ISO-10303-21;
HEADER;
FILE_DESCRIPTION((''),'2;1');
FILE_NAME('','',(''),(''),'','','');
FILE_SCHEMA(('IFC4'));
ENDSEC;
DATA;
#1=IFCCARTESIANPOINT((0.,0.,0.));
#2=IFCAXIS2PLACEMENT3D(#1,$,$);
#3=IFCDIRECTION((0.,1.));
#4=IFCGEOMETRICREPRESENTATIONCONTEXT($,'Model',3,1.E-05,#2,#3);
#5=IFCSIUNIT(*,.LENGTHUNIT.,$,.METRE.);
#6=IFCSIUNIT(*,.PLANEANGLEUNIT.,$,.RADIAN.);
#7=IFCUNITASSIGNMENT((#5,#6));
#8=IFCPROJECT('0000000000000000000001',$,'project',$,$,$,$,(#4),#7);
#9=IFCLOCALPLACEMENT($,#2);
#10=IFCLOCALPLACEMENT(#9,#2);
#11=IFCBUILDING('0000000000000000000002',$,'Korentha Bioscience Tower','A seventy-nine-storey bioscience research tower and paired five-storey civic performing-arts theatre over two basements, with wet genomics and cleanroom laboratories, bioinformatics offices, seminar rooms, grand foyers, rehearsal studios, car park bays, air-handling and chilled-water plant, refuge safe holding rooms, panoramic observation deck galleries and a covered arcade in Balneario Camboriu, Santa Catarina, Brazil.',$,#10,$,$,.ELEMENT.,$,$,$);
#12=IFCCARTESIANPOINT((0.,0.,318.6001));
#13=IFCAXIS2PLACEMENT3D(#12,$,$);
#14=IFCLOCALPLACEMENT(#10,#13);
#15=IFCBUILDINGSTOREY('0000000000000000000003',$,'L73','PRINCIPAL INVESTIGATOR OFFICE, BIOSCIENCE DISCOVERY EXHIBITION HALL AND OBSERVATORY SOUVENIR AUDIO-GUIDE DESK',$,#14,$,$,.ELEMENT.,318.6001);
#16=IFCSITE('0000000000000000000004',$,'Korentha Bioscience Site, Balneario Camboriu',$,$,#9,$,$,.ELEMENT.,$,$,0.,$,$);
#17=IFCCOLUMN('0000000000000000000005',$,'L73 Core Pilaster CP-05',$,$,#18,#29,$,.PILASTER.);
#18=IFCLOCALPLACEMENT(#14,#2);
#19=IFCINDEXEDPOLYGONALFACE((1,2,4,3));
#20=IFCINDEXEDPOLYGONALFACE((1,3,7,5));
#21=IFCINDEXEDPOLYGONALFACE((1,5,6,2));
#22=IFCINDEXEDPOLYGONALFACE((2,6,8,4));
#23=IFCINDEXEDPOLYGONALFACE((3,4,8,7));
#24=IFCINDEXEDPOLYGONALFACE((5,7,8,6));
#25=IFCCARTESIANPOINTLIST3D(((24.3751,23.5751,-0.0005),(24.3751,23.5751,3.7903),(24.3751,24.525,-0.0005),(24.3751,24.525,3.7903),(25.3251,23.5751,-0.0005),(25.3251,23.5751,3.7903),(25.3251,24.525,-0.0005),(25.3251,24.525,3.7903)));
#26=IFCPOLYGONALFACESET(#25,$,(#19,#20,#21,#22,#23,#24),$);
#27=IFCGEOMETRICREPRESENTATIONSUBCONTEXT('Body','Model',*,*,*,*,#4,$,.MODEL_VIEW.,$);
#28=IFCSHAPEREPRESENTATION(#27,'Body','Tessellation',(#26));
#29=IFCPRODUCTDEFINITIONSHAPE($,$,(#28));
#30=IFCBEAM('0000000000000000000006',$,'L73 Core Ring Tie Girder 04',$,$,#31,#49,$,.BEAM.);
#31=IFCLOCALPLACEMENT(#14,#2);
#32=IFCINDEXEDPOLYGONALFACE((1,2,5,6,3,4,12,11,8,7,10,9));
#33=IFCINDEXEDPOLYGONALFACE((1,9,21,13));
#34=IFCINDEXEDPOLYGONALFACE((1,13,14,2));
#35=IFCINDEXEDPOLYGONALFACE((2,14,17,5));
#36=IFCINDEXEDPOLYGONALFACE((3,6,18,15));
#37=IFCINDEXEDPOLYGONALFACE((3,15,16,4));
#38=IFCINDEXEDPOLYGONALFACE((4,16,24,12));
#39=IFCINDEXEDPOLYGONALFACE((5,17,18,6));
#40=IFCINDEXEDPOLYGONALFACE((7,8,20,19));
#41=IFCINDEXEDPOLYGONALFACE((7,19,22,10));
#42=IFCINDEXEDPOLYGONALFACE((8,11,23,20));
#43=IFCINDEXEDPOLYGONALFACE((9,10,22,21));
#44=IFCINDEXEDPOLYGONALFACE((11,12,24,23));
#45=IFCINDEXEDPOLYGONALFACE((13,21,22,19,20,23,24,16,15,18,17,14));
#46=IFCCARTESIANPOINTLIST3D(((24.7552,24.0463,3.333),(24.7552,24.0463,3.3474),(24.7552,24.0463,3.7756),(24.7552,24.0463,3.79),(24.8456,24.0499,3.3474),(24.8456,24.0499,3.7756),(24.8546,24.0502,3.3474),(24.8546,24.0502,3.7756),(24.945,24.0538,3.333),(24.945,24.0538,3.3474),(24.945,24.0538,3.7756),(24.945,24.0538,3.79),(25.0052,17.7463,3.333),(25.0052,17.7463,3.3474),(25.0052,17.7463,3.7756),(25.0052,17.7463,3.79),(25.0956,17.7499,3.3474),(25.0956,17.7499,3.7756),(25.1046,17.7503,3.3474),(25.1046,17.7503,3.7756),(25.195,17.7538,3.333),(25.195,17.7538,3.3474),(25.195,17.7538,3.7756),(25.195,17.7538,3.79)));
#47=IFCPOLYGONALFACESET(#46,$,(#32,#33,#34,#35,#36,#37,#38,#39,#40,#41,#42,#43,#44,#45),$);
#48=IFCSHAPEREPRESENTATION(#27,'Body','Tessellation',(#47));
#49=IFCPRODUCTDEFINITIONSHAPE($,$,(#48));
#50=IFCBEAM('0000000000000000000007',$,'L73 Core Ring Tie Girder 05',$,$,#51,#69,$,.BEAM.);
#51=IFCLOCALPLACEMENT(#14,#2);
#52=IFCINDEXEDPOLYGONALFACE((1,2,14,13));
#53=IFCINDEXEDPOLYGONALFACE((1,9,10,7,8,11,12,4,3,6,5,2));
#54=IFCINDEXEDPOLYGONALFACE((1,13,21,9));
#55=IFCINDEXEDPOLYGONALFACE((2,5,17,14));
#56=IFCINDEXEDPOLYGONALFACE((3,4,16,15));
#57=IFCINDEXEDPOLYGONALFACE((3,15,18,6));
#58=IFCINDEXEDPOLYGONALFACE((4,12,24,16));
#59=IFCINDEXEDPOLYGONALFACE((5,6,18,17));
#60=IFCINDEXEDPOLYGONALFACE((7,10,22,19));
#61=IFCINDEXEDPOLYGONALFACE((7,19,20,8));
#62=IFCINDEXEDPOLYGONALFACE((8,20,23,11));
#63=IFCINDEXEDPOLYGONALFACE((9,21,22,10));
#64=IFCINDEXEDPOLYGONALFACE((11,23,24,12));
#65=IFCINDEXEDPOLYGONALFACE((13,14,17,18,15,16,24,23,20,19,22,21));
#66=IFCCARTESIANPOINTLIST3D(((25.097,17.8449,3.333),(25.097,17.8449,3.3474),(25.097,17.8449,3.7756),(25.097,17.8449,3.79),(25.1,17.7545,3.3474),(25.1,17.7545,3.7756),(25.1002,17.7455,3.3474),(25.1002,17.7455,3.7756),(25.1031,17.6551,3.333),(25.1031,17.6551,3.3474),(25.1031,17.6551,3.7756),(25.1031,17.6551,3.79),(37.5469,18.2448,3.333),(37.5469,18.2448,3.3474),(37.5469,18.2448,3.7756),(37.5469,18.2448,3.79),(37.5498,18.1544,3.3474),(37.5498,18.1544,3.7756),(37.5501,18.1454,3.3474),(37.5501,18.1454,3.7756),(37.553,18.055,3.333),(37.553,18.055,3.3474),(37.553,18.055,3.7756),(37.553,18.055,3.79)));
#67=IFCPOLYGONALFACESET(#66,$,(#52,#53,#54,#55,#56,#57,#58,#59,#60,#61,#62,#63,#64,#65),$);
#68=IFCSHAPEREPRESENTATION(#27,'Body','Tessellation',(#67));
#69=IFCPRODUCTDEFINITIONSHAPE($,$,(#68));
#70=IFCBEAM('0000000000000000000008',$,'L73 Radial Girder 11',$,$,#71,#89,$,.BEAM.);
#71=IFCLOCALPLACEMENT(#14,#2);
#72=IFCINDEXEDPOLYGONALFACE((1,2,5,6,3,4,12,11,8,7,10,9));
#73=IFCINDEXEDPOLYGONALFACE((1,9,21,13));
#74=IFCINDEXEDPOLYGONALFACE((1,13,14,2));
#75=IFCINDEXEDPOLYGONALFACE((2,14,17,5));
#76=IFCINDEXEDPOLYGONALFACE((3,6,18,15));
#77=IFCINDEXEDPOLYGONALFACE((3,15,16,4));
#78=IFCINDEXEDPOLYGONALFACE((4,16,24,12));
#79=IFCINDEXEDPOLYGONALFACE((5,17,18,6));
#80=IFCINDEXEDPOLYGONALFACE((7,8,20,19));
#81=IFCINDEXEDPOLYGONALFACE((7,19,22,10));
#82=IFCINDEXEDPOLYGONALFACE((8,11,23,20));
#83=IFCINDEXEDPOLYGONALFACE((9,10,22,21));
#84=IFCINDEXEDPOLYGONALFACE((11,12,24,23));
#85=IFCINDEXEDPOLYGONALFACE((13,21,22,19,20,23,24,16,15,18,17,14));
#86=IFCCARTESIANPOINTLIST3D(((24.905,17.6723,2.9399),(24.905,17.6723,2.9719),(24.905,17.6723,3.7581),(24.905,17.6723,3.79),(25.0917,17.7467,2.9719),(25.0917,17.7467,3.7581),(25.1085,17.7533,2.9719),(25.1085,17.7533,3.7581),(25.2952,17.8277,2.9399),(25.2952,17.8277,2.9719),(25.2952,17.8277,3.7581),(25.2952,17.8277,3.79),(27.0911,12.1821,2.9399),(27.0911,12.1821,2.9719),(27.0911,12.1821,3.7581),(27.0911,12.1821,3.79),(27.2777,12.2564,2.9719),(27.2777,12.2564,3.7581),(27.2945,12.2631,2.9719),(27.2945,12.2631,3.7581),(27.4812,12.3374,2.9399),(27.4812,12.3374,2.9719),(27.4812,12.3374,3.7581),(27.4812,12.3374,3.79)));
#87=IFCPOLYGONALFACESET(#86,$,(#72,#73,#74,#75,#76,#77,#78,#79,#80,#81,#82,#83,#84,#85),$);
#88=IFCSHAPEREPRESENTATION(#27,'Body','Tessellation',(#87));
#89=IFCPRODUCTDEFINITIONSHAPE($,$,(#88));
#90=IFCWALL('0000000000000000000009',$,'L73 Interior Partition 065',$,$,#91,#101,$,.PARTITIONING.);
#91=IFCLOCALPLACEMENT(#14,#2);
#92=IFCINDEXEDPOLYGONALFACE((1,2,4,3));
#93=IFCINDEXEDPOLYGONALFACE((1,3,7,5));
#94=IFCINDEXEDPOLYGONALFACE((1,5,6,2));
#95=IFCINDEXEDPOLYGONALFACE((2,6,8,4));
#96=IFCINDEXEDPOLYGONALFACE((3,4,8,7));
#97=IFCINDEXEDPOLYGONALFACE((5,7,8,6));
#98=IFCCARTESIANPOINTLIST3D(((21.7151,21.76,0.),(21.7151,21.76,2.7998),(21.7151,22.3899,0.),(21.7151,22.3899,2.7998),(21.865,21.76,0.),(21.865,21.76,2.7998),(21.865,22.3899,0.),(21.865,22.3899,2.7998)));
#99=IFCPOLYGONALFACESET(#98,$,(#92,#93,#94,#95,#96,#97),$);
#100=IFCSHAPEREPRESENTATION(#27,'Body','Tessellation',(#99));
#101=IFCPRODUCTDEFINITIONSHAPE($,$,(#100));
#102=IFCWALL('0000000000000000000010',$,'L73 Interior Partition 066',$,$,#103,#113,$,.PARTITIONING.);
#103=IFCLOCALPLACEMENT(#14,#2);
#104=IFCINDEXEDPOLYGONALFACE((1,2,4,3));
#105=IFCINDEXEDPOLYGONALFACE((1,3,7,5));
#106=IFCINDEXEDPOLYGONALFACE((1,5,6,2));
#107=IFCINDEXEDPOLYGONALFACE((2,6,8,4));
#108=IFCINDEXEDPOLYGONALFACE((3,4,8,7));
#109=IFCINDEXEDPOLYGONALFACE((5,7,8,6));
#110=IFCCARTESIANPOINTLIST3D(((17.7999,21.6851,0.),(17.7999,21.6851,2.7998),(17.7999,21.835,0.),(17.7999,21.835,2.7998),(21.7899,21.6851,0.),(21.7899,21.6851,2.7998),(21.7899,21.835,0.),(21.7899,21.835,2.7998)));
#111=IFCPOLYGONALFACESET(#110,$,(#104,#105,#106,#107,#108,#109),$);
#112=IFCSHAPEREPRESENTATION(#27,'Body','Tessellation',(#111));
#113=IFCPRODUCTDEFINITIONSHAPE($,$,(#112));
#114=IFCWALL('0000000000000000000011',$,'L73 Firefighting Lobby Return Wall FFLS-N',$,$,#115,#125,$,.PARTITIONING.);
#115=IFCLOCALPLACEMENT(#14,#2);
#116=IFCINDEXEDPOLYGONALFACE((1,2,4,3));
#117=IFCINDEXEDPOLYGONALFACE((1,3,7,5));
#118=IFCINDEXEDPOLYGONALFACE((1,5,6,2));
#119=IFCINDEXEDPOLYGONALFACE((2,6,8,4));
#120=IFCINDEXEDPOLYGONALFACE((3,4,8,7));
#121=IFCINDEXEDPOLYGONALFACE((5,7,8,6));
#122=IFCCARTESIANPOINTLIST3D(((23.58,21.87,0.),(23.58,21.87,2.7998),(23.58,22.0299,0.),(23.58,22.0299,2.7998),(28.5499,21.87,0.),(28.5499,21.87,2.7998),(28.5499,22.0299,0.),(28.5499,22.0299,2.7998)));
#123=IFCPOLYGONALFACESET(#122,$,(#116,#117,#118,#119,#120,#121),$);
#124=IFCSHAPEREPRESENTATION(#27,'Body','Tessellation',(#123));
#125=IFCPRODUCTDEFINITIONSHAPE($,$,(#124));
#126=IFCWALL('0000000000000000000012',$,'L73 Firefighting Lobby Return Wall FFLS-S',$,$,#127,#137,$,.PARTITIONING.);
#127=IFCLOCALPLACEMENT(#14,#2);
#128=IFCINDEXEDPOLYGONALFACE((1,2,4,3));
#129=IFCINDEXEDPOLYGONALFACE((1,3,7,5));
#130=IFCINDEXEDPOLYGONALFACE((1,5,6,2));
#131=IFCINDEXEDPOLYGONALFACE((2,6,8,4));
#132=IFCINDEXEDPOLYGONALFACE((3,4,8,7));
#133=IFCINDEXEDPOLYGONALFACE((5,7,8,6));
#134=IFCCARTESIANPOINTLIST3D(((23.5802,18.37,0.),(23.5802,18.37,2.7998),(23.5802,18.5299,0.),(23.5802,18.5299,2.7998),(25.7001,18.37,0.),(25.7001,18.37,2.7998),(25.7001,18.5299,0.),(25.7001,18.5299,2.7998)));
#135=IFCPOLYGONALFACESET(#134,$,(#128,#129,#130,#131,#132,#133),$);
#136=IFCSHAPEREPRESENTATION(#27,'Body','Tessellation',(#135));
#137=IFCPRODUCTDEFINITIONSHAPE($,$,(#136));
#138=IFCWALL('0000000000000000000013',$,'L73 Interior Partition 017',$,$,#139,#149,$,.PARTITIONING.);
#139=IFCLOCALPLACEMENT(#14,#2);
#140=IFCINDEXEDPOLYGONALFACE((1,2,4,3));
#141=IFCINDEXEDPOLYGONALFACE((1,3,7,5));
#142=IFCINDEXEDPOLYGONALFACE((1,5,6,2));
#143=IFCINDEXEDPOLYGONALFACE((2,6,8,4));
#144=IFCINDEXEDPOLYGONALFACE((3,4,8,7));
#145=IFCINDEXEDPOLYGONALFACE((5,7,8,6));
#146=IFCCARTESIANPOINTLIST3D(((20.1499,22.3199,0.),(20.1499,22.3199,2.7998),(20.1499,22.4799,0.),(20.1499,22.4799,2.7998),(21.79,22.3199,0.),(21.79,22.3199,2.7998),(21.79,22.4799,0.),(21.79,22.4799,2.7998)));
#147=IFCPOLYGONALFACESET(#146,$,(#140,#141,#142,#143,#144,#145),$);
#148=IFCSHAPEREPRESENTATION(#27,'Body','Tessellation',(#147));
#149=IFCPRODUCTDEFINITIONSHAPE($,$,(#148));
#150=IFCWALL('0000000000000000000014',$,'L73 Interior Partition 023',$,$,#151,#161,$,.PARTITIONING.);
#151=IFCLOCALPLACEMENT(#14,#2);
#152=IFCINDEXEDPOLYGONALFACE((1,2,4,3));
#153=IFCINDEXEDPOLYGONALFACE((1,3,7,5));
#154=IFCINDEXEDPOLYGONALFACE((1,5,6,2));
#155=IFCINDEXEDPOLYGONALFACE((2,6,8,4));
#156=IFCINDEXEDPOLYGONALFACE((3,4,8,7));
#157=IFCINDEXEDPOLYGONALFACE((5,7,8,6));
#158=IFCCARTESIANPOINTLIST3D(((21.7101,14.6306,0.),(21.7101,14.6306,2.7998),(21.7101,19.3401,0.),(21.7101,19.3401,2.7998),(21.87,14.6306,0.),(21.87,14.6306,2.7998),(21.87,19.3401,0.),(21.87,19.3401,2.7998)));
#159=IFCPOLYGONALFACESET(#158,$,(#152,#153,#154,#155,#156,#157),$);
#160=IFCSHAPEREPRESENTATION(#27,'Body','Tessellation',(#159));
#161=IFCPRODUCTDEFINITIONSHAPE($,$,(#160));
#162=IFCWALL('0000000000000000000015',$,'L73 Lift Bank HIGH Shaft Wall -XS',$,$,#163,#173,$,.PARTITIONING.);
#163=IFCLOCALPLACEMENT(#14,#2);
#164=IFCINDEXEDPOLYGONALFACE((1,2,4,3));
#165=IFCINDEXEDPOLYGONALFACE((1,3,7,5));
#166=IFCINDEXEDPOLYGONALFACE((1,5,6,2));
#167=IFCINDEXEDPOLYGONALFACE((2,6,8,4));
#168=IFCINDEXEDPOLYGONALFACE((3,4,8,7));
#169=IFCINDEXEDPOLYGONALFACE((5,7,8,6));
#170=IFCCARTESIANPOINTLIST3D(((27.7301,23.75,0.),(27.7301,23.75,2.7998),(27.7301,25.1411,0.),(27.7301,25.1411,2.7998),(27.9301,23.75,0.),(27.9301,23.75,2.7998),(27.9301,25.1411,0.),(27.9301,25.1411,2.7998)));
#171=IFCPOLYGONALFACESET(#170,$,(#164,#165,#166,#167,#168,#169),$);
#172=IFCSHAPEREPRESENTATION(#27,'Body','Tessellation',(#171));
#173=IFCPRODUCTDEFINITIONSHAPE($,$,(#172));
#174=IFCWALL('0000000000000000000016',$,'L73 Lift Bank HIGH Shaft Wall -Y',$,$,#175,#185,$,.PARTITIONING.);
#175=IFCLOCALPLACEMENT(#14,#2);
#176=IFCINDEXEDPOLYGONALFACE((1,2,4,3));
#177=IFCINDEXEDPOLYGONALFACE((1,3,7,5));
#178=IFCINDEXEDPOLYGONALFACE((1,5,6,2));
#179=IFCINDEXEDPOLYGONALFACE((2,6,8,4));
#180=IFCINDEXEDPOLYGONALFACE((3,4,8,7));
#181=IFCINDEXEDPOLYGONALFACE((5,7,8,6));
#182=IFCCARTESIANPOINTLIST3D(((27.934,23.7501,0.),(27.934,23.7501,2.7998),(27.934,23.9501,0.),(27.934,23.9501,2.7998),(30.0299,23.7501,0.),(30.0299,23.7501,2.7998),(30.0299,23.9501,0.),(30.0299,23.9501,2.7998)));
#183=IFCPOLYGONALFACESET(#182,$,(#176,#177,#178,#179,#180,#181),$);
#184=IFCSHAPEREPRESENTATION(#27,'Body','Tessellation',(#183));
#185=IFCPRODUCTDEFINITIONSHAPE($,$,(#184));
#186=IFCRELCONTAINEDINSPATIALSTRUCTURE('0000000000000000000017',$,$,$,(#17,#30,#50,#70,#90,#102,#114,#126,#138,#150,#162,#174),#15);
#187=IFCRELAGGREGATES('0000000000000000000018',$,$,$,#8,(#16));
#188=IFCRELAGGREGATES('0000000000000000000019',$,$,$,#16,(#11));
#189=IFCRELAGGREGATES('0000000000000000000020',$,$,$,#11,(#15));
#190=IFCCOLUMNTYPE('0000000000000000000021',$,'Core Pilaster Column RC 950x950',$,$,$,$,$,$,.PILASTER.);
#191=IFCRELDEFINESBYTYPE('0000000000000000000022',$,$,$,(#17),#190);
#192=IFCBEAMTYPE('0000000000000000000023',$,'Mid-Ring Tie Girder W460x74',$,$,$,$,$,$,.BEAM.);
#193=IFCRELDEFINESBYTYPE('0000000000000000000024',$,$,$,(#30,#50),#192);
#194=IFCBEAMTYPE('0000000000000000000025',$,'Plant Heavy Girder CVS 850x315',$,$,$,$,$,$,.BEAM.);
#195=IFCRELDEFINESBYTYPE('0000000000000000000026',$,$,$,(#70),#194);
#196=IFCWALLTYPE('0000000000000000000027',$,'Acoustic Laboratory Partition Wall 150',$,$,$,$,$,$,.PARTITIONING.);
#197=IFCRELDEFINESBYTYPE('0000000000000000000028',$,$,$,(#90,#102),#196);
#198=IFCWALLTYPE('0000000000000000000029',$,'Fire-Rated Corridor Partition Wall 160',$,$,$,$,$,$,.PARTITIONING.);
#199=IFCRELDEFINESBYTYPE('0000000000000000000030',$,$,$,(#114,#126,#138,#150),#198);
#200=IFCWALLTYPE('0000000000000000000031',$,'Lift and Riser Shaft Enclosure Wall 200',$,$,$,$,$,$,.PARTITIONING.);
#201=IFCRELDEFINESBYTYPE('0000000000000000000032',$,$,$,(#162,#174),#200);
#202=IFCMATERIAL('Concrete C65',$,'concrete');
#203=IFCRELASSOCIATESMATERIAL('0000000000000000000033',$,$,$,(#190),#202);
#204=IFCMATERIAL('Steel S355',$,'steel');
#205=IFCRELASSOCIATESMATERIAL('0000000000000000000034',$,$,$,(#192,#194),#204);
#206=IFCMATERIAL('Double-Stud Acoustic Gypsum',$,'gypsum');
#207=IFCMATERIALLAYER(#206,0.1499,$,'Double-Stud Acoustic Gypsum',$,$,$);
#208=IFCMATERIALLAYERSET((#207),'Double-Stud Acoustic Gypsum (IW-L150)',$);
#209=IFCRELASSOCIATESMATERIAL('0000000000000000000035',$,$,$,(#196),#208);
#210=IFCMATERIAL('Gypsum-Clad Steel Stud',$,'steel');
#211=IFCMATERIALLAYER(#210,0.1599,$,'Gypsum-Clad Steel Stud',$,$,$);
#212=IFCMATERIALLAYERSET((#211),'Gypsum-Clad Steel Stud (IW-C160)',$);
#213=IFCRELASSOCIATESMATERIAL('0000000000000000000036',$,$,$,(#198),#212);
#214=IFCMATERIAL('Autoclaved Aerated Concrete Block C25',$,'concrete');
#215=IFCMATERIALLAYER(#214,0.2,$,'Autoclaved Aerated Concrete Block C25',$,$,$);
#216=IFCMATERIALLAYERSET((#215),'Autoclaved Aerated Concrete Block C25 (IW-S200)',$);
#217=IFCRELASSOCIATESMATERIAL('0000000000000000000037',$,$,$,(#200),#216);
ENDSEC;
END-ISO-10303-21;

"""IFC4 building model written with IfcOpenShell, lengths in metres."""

from ifc_helpers import new_model, si_unit, direction, frame, frame_2d, origin, origin_2d, place, context, subcontext, project, spatial, rectangle, i_section, extrude, material, layer, layer_set, material_profile, profile_set, type_object, element, save


model = new_model("IFC4")

# Units and contexts
model_context = context("Model", 3, precision=1e-05, world=origin(), true_north=direction((0.0, 1.0)))
body_context = subcontext(model_context, "Body", "Model", "MODEL_VIEW")
ifc_project = project(units=[si_unit("LENGTHUNIT", "METRE"), si_unit("PLANEANGLEUNIT", "RADIAN")], contexts=[model_context])

# Site, building, storey
site_placement = place(None, origin())
site = spatial("IfcSite", under=ifc_project, at=site_placement, Name="Korentha Bioscience Site, Balneario Camboriu", CompositionType="ELEMENT", RefElevation=0.0)
building_placement = place(site_placement, origin())
building = spatial("IfcBuilding", under=site, at=building_placement, Name="Korentha Bioscience Tower", Description="A seventy-nine-storey bioscience research tower and paired five-storey civic performing-arts theatre over two basements, with wet genomics and cleanroom laboratories, bioinformatics offices, seminar rooms, grand foyers, rehearsal studios, car park bays, air-handling and chilled-water plant, refuge safe holding rooms, panoramic observation deck galleries and a covered arcade in Balneario Camboriu, Santa Catarina, Brazil.", CompositionType="ELEMENT")
storey_placement = place(building_placement, frame((0.0, 0.0, 318.6001)))
storey = spatial("IfcBuildingStorey", under=building, at=storey_placement, Name="L73", Description="PRINCIPAL INVESTIGATOR OFFICE, BIOSCIENCE DISCOVERY EXHIBITION HALL AND OBSERVATORY SOUVENIR AUDIO-GUIDE DESK", CompositionType="ELEMENT", Elevation=318.6001)

# Column
ifc_material_1 = material(Name="Concrete C65", Category="concrete")
ifc_material_profile_1 = material_profile(ifc_material_1, rectangle(XDim=0.95, YDim=0.95, at=origin_2d()), Name="Concrete C65")
ifc_profile_set_1 = profile_set([ifc_material_profile_1], Name="Concrete C65 (COL-CP09)")
column_type = type_object("IfcColumnType", Name="Core Pilaster Column RC 950x950", PredefinedType="PILASTER", material=ifc_profile_set_1)
column_placement = place(storey_placement, frame((24.8501, 24.05, -0.0005), z_axis=(0.0, 0.0, 1.0), x_axis=(1.0, 0.0, 0.0)))
element("IfcColumn", 1, at=column_placement, inside=storey, type_object=column_type, Name="L73 Core Pilaster CP-05", PredefinedType="PILASTER", context=body_context, shape_type="SweptSolid", body=[
    extrude(rectangle(XDim=0.95, YDim=0.95, at=origin_2d()), origin(), (0.0, 0.0, 1.0), 3.7908),
])

# Beams
ifc_material_2 = material(Name="Steel S355", Category="steel")
ifc_material_profile_2 = material_profile(ifc_material_2, i_section(OverallWidth=0.1899, OverallDepth=0.457, WebThickness=0.009, FlangeThickness=0.0144, at=origin_2d()), Name="Steel S355")
ifc_profile_set_2 = profile_set([ifc_material_profile_2], Name="Steel S355 (MB-460)")
beam_type_1 = type_object("IfcBeamType", Name="Mid-Ring Tie Girder W460x74", PredefinedType="BEAM", material=ifc_profile_set_2)
beam_1_placement = place(storey_placement, frame((24.8501, 24.05, 3.5615), z_axis=(0.039651, -0.999214, 0.0), x_axis=(0.999214, 0.039651, 0.0)))
element("IfcBeam", 2, at=beam_1_placement, inside=storey, type_object=beam_type_1, Name="L73 Core Ring Tie Girder 04", PredefinedType="BEAM", context=body_context, shape_type="SweptSolid", body=[
    extrude(i_section(OverallWidth=0.1899, OverallDepth=0.457, WebThickness=0.009, FlangeThickness=0.0144, at=origin_2d()), origin(), (0.0, 0.0, 1.0), 6.3049),
])
beam_2_placement = place(storey_placement, frame((25.1001, 17.75, 3.5615), z_axis=(0.999485, 0.032104, 0.0), x_axis=(-0.032104, 0.999485, 0.0)))
element("IfcBeam", 3, at=beam_2_placement, inside=storey, type_object=beam_type_1, Name="L73 Core Ring Tie Girder 05", PredefinedType="BEAM", context=body_context, shape_type="SweptSolid", body=[
    extrude(i_section(OverallWidth=0.1899, OverallDepth=0.457, WebThickness=0.009, FlangeThickness=0.0144, at=origin_2d()), origin(), (0.0, 0.0, 1.0), 12.4563),
])
ifc_material_profile_3 = material_profile(ifc_material_2, i_section(OverallWidth=0.4199, OverallDepth=0.8501, WebThickness=0.0181, FlangeThickness=0.032, at=origin_2d()), Name="Steel S355")
ifc_profile_set_3 = profile_set([ifc_material_profile_3], Name="Steel S355 (MB-850)")
beam_type_2 = type_object("IfcBeamType", Name="Plant Heavy Girder CVS 850x315", PredefinedType="BEAM", material=ifc_profile_set_3)
beam_3_placement = place(storey_placement, frame((25.1001, 17.75, 3.365), z_axis=(0.369923, -0.929062, 0.0), x_axis=(0.929062, 0.369923, 0.0)))
element("IfcBeam", 4, at=beam_3_placement, inside=storey, type_object=beam_type_2, Name="L73 Radial Girder 11", PredefinedType="BEAM", context=body_context, shape_type="SweptSolid", body=[
    extrude(i_section(OverallWidth=0.4199, OverallDepth=0.8501, WebThickness=0.0181, FlangeThickness=0.032, at=origin_2d()), origin(), (0.0, 0.0, 1.0), 5.9094),
])

# Walls
ifc_material_3 = material(Name="Double-Stud Acoustic Gypsum", Category="gypsum")
ifc_layer_1 = layer(ifc_material_3, 0.1499, Name="Double-Stud Acoustic Gypsum")
ifc_layer_set_1 = layer_set([ifc_layer_1], Name="Double-Stud Acoustic Gypsum (IW-L150)")
wall_type_1 = type_object("IfcWallType", Name="Acoustic Laboratory Partition Wall 150", PredefinedType="PARTITIONING", material=ifc_layer_set_1)
wall_1_placement = place(storey_placement, frame((21.79, 22.3899, 0.0), z_axis=(0.0, 0.0, 1.0), x_axis=(0.0, -1.0, 0.0)))
element("IfcWall", 5, at=wall_1_placement, inside=storey, type_object=wall_type_1, Name="L73 Interior Partition 065", PredefinedType="PARTITIONING", context=body_context, shape_type="SweptSolid", body=[
    extrude(rectangle(XDim=0.6299, YDim=0.1499, at=frame_2d((0.3149, 0.0))), origin(), (0.0, 0.0, 1.0), 2.7998),
])
wall_2_placement = place(storey_placement, frame((21.79, 21.76, 0.0), z_axis=(0.0, 0.0, 1.0), x_axis=(-1.0, 0.0, 0.0)))
element("IfcWall", 6, at=wall_2_placement, inside=storey, type_object=wall_type_1, Name="L73 Interior Partition 066", PredefinedType="PARTITIONING", context=body_context, shape_type="SweptSolid", body=[
    extrude(rectangle(XDim=3.99, YDim=0.1499, at=frame_2d((1.9951, 0.0))), origin(), (0.0, 0.0, 1.0), 2.7998),
])

# Shared definitions
ifc_material_4 = material(Name="Gypsum-Clad Steel Stud", Category="steel")
ifc_layer_2 = layer(ifc_material_4, 0.1599, Name="Gypsum-Clad Steel Stud")
ifc_layer_set_2 = layer_set([ifc_layer_2], Name="Gypsum-Clad Steel Stud (IW-C160)")
wall_type_2 = type_object("IfcWallType", Name="Fire-Rated Corridor Partition Wall 160", PredefinedType="PARTITIONING", material=ifc_layer_set_2)

# Walls
wall_3_placement = place(storey_placement, frame((23.5801, 21.95, 0.0), z_axis=(0.0, 0.0, 1.0), x_axis=(1.0, 0.0, 0.0)))
element("IfcWall", 7, at=wall_3_placement, inside=storey, type_object=wall_type_2, Name="L73 Firefighting Lobby Return Wall FFLS-N", PredefinedType="PARTITIONING", context=body_context, shape_type="SweptSolid", body=[
    extrude(rectangle(XDim=4.97, YDim=0.1599, at=frame_2d((2.4849, 0.0))), origin(), (0.0, 0.0, 1.0), 2.7998),
])
wall_4_placement = place(storey_placement, frame((23.5801, 18.45, 0.0), z_axis=(0.0, 0.0, 1.0), x_axis=(1.0, 0.0, 0.0)))
element("IfcWall", 8, at=wall_4_placement, inside=storey, type_object=wall_type_2, Name="L73 Firefighting Lobby Return Wall FFLS-S", PredefinedType="PARTITIONING", context=body_context, shape_type="SweptSolid", body=[
    extrude(rectangle(XDim=2.1199, YDim=0.1599, at=frame_2d((1.0601, 0.0))), origin(), (0.0, 0.0, 1.0), 2.7998),
])
wall_5_placement = place(storey_placement, frame((21.79, 22.3999, 0.0), z_axis=(0.0, 0.0, 1.0), x_axis=(-1.0, 0.0, 0.0)))
element("IfcWall", 9, at=wall_5_placement, inside=storey, type_object=wall_type_2, Name="L73 Interior Partition 017", PredefinedType="PARTITIONING", context=body_context, shape_type="SweptSolid", body=[
    extrude(rectangle(XDim=1.6401, YDim=0.1599, at=frame_2d((0.8201, 0.0))), origin(), (0.0, 0.0, 1.0), 2.7998),
])
wall_6_placement = place(storey_placement, frame((21.79, 19.3401, 0.0), z_axis=(0.0, 0.0, 1.0), x_axis=(0.0, -1.0, 0.0)))
element("IfcWall", 10, at=wall_6_placement, inside=storey, type_object=wall_type_2, Name="L73 Interior Partition 023", PredefinedType="PARTITIONING", context=body_context, shape_type="SweptSolid", body=[
    extrude(rectangle(XDim=4.7095, YDim=0.1599, at=frame_2d((2.3547, 0.0))), origin(), (0.0, 0.0, 1.0), 2.7998),
])
ifc_material_5 = material(Name="Autoclaved Aerated Concrete Block C25", Category="concrete")
ifc_layer_3 = layer(ifc_material_5, 0.2, Name="Autoclaved Aerated Concrete Block C25")
ifc_layer_set_3 = layer_set([ifc_layer_3], Name="Autoclaved Aerated Concrete Block C25 (IW-S200)")
wall_type_3 = type_object("IfcWallType", Name="Lift and Riser Shaft Enclosure Wall 200", PredefinedType="PARTITIONING", material=ifc_layer_set_3)
wall_7_placement = place(storey_placement, frame((27.8301, 23.75, 0.0), z_axis=(0.0, 0.0, 1.0), x_axis=(0.0, 1.0, 0.0)))
element("IfcWall", 11, at=wall_7_placement, inside=storey, type_object=wall_type_3, Name="L73 Lift Bank HIGH Shaft Wall -XS", PredefinedType="PARTITIONING", context=body_context, shape_type="SweptSolid", body=[
    extrude(rectangle(XDim=1.3911, YDim=0.2, at=frame_2d((0.6956, 0.0))), origin(), (0.0, 0.0, 1.0), 2.7998),
])
wall_8_placement = place(storey_placement, frame((27.9341, 23.8501, 0.0), z_axis=(0.0, 0.0, 1.0), x_axis=(1.0, 0.0, 0.0)))
element("IfcWall", 12, at=wall_8_placement, inside=storey, type_object=wall_type_3, Name="L73 Lift Bank HIGH Shaft Wall -Y", PredefinedType="PARTITIONING", context=body_context, shape_type="SweptSolid", body=[
    extrude(rectangle(XDim=2.0959, YDim=0.2, at=frame_2d((1.0479, 0.0))), origin(), (0.0, 0.0, 1.0), 2.7998),
])

save(model, "model.ifc")
